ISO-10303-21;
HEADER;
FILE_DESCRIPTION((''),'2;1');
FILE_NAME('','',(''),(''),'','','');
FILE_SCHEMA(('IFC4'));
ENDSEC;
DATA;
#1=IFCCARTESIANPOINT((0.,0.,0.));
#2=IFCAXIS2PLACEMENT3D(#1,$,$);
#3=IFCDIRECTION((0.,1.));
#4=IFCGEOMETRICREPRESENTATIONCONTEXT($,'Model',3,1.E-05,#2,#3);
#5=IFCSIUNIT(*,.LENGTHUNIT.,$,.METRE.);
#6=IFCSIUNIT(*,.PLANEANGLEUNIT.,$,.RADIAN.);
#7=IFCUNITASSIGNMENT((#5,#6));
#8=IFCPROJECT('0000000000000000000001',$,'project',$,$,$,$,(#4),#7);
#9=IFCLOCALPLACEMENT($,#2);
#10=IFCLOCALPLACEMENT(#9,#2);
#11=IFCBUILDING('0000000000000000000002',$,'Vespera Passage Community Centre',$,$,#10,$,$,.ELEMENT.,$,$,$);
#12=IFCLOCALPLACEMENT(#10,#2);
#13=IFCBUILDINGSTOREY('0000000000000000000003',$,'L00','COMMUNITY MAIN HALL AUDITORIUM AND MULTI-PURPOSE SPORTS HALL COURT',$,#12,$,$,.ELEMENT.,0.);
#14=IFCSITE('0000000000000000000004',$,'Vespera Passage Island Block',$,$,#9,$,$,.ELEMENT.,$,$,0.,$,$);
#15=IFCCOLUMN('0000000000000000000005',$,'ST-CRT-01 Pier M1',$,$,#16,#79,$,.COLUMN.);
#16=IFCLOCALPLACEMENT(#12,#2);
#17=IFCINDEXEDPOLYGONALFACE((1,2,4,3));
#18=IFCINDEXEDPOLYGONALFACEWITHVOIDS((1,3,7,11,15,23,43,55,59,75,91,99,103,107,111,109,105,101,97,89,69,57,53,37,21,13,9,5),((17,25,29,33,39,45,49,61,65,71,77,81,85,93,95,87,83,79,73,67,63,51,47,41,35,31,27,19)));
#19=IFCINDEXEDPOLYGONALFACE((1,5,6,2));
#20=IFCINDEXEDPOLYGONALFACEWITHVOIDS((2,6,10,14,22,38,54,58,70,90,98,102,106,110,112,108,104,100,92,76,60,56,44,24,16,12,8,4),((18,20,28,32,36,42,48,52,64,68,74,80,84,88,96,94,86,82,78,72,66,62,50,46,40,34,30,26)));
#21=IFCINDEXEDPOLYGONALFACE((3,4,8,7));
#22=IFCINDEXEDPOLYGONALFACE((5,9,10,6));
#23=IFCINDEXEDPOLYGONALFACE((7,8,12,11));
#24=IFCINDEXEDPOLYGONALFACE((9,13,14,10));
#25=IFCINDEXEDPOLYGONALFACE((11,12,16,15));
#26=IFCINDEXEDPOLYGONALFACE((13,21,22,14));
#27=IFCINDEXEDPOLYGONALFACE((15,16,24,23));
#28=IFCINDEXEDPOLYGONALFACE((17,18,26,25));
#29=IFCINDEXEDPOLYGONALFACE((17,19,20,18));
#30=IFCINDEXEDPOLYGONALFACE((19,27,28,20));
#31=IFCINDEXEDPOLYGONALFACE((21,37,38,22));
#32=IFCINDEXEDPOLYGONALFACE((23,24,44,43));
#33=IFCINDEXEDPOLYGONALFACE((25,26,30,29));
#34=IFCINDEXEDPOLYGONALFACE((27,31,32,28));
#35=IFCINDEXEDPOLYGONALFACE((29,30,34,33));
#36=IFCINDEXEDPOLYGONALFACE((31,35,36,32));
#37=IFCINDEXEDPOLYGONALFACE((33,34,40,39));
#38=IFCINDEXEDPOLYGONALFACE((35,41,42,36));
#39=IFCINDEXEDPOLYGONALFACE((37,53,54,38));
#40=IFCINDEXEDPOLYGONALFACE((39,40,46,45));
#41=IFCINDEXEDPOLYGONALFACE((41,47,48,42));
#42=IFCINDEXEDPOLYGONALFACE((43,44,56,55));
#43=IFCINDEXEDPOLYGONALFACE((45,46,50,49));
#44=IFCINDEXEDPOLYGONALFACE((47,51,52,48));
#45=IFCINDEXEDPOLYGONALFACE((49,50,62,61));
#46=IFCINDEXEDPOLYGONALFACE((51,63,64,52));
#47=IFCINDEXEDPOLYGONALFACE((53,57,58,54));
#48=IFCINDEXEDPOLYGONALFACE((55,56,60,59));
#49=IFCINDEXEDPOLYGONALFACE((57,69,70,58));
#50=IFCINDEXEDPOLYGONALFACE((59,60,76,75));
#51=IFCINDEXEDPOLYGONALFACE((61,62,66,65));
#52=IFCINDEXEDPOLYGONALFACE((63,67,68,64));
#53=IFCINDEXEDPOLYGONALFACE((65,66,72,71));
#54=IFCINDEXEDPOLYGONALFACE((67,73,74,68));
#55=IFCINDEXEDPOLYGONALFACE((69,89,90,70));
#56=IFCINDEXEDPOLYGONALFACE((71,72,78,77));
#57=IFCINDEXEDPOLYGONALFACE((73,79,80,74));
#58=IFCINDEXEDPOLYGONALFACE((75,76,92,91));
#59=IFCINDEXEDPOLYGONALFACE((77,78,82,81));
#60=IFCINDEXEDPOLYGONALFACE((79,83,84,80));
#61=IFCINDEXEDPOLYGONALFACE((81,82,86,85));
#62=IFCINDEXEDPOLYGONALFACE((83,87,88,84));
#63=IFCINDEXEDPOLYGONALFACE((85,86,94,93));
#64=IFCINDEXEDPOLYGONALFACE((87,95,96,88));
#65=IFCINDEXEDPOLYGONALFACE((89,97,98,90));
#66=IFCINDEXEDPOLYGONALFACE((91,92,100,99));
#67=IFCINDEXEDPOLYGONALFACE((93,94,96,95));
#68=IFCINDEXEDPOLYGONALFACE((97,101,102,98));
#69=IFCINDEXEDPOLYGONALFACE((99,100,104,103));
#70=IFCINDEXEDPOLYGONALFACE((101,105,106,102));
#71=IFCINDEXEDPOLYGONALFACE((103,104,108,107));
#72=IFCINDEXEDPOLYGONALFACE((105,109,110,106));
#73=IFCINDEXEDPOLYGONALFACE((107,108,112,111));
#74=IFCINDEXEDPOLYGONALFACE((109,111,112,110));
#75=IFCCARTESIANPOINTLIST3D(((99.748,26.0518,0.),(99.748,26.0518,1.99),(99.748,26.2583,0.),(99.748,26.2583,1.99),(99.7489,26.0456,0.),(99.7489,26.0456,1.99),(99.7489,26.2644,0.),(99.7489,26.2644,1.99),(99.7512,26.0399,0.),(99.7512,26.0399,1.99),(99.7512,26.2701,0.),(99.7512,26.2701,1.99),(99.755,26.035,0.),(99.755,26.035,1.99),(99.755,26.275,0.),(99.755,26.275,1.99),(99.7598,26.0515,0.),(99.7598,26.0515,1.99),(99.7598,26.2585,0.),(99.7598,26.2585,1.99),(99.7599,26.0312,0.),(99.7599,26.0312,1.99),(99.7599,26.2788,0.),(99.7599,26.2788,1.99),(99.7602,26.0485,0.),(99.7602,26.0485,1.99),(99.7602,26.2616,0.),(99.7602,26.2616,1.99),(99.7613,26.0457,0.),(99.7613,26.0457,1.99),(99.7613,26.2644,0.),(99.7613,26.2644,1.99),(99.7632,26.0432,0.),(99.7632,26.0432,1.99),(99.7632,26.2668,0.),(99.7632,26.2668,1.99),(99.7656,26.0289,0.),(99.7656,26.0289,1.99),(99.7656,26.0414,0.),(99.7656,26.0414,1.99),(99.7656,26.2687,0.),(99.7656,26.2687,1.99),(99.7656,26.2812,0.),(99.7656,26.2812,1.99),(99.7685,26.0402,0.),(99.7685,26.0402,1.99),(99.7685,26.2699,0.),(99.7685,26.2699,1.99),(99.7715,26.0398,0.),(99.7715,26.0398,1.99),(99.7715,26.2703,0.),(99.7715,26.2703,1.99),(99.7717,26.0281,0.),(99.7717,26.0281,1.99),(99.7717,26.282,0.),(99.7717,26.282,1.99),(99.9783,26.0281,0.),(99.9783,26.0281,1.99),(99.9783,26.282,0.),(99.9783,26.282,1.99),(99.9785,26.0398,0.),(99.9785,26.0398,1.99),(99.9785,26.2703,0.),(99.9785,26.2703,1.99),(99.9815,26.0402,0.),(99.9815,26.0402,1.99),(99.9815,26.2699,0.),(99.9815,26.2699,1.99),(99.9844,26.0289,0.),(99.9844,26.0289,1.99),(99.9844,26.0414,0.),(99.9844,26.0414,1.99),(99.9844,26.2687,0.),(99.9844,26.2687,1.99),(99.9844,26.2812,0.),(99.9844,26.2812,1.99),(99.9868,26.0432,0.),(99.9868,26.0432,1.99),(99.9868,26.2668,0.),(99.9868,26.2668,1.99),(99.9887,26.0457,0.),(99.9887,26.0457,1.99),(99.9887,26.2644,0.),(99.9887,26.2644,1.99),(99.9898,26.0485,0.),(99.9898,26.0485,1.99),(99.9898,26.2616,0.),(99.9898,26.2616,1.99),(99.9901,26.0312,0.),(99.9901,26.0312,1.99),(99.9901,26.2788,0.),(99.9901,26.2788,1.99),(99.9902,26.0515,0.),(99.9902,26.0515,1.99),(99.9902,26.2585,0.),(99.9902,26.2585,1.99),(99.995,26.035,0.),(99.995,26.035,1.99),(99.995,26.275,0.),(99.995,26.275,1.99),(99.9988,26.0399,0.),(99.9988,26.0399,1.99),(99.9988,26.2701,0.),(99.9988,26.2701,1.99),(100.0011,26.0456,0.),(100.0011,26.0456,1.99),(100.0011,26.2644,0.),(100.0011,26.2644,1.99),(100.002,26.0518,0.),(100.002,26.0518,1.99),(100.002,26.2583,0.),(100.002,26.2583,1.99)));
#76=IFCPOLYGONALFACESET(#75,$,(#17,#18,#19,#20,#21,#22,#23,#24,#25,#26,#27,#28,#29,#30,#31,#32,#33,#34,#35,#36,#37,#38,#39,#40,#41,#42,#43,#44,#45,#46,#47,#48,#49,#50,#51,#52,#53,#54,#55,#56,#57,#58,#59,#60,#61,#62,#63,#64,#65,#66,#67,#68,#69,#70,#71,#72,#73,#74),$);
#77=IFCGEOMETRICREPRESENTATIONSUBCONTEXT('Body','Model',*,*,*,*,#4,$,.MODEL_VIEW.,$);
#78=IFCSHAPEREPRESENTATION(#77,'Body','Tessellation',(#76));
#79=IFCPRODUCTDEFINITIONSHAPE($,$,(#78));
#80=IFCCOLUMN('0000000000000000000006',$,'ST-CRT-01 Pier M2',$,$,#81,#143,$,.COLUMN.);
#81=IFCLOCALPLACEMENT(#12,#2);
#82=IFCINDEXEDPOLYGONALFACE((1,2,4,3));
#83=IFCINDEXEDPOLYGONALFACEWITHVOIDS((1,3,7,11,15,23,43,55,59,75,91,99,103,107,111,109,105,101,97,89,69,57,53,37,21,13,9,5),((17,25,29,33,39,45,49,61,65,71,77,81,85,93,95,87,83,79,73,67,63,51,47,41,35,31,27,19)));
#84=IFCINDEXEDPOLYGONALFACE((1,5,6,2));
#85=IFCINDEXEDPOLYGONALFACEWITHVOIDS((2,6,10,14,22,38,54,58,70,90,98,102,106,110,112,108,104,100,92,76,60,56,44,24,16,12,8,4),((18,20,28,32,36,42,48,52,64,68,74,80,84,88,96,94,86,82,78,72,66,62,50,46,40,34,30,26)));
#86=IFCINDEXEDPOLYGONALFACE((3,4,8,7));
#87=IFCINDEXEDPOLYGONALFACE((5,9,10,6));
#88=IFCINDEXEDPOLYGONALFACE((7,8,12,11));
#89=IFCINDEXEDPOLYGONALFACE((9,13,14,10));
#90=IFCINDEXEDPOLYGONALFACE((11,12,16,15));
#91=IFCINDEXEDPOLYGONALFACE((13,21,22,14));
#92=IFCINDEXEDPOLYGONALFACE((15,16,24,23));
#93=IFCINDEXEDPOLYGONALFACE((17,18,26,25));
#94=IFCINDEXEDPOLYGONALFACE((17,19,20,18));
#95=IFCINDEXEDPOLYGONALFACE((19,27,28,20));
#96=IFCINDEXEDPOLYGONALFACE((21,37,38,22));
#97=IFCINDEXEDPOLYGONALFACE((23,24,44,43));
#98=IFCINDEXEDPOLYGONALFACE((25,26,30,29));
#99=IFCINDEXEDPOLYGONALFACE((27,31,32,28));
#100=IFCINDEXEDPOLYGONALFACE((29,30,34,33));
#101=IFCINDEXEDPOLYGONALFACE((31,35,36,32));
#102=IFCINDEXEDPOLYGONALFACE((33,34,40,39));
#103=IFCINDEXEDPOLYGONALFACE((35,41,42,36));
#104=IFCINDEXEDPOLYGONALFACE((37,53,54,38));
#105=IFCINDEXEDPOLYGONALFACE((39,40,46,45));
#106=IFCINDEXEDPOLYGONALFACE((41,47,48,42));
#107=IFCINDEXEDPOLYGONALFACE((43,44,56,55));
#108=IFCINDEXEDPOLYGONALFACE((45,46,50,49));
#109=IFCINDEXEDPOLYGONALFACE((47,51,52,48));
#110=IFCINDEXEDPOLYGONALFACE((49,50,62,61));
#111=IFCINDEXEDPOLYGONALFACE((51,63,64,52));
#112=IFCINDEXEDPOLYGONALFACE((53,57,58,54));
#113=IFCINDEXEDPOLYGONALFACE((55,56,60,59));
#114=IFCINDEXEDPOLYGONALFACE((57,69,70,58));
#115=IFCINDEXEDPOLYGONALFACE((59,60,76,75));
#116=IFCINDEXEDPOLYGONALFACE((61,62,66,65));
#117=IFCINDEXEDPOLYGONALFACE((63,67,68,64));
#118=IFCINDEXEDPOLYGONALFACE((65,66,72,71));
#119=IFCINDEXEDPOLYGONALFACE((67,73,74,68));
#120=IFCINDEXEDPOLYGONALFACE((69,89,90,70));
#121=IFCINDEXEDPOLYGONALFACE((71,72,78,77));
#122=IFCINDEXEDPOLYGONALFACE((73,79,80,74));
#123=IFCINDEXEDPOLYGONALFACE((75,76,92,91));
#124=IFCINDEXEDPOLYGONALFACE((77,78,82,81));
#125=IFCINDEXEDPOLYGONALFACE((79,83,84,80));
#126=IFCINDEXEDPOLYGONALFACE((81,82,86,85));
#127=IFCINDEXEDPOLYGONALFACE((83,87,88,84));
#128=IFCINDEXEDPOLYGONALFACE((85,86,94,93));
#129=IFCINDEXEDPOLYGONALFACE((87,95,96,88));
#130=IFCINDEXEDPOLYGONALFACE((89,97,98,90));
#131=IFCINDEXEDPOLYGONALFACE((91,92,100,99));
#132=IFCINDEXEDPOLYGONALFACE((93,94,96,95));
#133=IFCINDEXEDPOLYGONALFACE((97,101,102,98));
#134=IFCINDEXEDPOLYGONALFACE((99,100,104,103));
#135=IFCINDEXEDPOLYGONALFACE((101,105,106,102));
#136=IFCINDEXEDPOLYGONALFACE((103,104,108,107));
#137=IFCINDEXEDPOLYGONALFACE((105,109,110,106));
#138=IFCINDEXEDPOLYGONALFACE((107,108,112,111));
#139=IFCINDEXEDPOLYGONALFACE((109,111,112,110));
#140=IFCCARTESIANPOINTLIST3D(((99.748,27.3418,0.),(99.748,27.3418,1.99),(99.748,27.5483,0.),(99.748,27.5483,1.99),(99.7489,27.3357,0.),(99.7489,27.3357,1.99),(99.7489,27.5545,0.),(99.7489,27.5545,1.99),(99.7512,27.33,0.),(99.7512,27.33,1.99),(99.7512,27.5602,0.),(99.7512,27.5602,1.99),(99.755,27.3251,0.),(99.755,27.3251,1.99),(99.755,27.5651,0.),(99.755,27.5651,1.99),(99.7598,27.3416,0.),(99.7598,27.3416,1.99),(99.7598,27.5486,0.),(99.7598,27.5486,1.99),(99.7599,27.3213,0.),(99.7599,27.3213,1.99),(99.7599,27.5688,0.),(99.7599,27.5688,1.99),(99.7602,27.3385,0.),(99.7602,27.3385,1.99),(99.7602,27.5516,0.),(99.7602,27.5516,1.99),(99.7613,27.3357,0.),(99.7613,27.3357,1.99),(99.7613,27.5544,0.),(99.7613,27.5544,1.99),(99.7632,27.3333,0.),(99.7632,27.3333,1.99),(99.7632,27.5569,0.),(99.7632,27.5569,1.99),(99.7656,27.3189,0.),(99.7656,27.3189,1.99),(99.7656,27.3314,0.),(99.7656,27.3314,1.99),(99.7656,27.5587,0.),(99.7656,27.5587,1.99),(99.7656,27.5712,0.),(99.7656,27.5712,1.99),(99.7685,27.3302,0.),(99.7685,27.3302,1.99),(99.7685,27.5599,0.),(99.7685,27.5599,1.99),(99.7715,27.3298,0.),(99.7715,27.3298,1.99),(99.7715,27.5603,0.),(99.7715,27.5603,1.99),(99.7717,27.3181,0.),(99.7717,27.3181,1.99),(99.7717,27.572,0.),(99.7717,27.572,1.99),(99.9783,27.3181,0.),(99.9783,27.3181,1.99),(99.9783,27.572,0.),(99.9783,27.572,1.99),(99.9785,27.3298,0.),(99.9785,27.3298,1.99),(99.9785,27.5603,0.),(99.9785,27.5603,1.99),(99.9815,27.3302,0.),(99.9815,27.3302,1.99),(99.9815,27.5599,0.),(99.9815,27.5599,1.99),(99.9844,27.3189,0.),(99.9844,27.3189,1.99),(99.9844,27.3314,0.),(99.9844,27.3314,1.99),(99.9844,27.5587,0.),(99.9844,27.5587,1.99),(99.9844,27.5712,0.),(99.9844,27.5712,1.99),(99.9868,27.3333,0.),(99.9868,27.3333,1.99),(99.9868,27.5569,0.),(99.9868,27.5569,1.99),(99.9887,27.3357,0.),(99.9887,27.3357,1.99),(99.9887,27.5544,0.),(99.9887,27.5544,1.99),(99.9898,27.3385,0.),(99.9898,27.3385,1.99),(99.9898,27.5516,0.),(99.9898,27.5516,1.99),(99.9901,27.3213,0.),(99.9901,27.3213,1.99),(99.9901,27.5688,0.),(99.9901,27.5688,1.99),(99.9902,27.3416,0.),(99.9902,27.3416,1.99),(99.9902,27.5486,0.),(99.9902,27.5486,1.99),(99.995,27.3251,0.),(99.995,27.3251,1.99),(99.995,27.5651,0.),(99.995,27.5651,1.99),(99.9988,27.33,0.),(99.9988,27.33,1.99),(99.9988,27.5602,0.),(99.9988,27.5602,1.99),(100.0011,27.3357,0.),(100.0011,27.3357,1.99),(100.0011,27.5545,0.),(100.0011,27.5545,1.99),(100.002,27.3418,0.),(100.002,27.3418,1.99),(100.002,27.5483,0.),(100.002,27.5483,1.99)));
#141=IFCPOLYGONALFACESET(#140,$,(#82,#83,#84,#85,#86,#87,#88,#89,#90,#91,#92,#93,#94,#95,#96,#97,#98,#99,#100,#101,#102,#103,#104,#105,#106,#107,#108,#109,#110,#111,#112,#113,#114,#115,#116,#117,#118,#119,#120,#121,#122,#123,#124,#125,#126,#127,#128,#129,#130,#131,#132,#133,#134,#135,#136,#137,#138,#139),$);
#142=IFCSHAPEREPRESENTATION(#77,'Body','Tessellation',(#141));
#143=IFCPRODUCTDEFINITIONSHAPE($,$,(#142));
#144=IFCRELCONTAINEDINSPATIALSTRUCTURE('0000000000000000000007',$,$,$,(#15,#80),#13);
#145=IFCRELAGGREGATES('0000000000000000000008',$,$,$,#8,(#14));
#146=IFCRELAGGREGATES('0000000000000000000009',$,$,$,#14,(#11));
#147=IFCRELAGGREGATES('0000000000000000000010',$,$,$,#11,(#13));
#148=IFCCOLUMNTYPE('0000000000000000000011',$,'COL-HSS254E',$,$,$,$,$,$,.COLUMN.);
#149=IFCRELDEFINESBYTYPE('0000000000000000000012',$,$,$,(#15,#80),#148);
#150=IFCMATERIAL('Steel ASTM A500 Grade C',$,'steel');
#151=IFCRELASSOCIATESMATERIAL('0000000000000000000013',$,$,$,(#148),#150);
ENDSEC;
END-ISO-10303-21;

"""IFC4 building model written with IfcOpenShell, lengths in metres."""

from ifc_helpers import new_model, si_unit, direction, frame, origin, origin_2d, place, context, subcontext, project, spatial, hollow_rectangle, extrude, material, material_profile, profile_set, type_object, element, save


model = new_model("IFC4")

# Units and contexts
model_context = context("Model", 3, precision=1e-05, world=origin(), true_north=direction((0.0, 1.0)))
body_context = subcontext(model_context, "Body", "Model", "MODEL_VIEW")
ifc_project = project(units=[si_unit("LENGTHUNIT", "METRE"), si_unit("PLANEANGLEUNIT", "RADIAN")], contexts=[model_context])

# Site, building, storey
site_placement = place(None, origin())
site = spatial("IfcSite", under=ifc_project, at=site_placement, Name="Vespera Passage Island Block", CompositionType="ELEMENT", RefElevation=0.0)
building_placement = place(site_placement, origin())
building = spatial("IfcBuilding", under=site, at=building_placement, Name="Vespera Passage Community Centre", CompositionType="ELEMENT")
storey_placement = place(building_placement, origin())
storey = spatial("IfcBuildingStorey", under=building, at=storey_placement, Name="L00", Description="COMMUNITY MAIN HALL AUDITORIUM AND MULTI-PURPOSE SPORTS HALL COURT", CompositionType="ELEMENT", Elevation=0.0)

# Columns
ifc_material_1 = material(Name="Steel ASTM A500 Grade C", Category="steel")
ifc_material_profile_1 = material_profile(ifc_material_1, hollow_rectangle(XDim=0.2539, YDim=0.2539, WallThickness=0.0117, InnerFilletRadius=0.0117, OuterFilletRadius=0.0237, at=origin_2d()), Name="HSS254X254X12.7")
ifc_profile_set_1 = profile_set([ifc_material_profile_1], Name="Steel ASTM A500 Grade C")
column_type_1 = type_object("IfcColumnType", Name="COL-HSS254E", PredefinedType="COLUMN", material=ifc_profile_set_1)
for number, where, z_axis, x_axis, name in (
    (1, (99.875, 26.155, 0.0), (0.0, 0.0, 1.0), (1.0, 0.0, 0.0), "ST-CRT-01 Pier M1"),
    (2, (99.875, 27.4451, 0.0), (0.0, 0.0, 1.0), (1.0, 0.0, 0.0), "ST-CRT-01 Pier M2"),
):
    element("IfcColumn", number, at=place(storey_placement, frame(where, z_axis=z_axis, x_axis=x_axis)), inside=storey, type_object=column_type_1, Name=name, PredefinedType="COLUMN", context=body_context, shape_type="SweptSolid", body=[
        extrude(hollow_rectangle(XDim=0.2539, YDim=0.2539, WallThickness=0.0117, InnerFilletRadius=0.0117, OuterFilletRadius=0.0237, at=origin_2d()), origin(), (0.0, 0.0, 1.0), 1.99),
    ])

save(model, "model.ifc")
